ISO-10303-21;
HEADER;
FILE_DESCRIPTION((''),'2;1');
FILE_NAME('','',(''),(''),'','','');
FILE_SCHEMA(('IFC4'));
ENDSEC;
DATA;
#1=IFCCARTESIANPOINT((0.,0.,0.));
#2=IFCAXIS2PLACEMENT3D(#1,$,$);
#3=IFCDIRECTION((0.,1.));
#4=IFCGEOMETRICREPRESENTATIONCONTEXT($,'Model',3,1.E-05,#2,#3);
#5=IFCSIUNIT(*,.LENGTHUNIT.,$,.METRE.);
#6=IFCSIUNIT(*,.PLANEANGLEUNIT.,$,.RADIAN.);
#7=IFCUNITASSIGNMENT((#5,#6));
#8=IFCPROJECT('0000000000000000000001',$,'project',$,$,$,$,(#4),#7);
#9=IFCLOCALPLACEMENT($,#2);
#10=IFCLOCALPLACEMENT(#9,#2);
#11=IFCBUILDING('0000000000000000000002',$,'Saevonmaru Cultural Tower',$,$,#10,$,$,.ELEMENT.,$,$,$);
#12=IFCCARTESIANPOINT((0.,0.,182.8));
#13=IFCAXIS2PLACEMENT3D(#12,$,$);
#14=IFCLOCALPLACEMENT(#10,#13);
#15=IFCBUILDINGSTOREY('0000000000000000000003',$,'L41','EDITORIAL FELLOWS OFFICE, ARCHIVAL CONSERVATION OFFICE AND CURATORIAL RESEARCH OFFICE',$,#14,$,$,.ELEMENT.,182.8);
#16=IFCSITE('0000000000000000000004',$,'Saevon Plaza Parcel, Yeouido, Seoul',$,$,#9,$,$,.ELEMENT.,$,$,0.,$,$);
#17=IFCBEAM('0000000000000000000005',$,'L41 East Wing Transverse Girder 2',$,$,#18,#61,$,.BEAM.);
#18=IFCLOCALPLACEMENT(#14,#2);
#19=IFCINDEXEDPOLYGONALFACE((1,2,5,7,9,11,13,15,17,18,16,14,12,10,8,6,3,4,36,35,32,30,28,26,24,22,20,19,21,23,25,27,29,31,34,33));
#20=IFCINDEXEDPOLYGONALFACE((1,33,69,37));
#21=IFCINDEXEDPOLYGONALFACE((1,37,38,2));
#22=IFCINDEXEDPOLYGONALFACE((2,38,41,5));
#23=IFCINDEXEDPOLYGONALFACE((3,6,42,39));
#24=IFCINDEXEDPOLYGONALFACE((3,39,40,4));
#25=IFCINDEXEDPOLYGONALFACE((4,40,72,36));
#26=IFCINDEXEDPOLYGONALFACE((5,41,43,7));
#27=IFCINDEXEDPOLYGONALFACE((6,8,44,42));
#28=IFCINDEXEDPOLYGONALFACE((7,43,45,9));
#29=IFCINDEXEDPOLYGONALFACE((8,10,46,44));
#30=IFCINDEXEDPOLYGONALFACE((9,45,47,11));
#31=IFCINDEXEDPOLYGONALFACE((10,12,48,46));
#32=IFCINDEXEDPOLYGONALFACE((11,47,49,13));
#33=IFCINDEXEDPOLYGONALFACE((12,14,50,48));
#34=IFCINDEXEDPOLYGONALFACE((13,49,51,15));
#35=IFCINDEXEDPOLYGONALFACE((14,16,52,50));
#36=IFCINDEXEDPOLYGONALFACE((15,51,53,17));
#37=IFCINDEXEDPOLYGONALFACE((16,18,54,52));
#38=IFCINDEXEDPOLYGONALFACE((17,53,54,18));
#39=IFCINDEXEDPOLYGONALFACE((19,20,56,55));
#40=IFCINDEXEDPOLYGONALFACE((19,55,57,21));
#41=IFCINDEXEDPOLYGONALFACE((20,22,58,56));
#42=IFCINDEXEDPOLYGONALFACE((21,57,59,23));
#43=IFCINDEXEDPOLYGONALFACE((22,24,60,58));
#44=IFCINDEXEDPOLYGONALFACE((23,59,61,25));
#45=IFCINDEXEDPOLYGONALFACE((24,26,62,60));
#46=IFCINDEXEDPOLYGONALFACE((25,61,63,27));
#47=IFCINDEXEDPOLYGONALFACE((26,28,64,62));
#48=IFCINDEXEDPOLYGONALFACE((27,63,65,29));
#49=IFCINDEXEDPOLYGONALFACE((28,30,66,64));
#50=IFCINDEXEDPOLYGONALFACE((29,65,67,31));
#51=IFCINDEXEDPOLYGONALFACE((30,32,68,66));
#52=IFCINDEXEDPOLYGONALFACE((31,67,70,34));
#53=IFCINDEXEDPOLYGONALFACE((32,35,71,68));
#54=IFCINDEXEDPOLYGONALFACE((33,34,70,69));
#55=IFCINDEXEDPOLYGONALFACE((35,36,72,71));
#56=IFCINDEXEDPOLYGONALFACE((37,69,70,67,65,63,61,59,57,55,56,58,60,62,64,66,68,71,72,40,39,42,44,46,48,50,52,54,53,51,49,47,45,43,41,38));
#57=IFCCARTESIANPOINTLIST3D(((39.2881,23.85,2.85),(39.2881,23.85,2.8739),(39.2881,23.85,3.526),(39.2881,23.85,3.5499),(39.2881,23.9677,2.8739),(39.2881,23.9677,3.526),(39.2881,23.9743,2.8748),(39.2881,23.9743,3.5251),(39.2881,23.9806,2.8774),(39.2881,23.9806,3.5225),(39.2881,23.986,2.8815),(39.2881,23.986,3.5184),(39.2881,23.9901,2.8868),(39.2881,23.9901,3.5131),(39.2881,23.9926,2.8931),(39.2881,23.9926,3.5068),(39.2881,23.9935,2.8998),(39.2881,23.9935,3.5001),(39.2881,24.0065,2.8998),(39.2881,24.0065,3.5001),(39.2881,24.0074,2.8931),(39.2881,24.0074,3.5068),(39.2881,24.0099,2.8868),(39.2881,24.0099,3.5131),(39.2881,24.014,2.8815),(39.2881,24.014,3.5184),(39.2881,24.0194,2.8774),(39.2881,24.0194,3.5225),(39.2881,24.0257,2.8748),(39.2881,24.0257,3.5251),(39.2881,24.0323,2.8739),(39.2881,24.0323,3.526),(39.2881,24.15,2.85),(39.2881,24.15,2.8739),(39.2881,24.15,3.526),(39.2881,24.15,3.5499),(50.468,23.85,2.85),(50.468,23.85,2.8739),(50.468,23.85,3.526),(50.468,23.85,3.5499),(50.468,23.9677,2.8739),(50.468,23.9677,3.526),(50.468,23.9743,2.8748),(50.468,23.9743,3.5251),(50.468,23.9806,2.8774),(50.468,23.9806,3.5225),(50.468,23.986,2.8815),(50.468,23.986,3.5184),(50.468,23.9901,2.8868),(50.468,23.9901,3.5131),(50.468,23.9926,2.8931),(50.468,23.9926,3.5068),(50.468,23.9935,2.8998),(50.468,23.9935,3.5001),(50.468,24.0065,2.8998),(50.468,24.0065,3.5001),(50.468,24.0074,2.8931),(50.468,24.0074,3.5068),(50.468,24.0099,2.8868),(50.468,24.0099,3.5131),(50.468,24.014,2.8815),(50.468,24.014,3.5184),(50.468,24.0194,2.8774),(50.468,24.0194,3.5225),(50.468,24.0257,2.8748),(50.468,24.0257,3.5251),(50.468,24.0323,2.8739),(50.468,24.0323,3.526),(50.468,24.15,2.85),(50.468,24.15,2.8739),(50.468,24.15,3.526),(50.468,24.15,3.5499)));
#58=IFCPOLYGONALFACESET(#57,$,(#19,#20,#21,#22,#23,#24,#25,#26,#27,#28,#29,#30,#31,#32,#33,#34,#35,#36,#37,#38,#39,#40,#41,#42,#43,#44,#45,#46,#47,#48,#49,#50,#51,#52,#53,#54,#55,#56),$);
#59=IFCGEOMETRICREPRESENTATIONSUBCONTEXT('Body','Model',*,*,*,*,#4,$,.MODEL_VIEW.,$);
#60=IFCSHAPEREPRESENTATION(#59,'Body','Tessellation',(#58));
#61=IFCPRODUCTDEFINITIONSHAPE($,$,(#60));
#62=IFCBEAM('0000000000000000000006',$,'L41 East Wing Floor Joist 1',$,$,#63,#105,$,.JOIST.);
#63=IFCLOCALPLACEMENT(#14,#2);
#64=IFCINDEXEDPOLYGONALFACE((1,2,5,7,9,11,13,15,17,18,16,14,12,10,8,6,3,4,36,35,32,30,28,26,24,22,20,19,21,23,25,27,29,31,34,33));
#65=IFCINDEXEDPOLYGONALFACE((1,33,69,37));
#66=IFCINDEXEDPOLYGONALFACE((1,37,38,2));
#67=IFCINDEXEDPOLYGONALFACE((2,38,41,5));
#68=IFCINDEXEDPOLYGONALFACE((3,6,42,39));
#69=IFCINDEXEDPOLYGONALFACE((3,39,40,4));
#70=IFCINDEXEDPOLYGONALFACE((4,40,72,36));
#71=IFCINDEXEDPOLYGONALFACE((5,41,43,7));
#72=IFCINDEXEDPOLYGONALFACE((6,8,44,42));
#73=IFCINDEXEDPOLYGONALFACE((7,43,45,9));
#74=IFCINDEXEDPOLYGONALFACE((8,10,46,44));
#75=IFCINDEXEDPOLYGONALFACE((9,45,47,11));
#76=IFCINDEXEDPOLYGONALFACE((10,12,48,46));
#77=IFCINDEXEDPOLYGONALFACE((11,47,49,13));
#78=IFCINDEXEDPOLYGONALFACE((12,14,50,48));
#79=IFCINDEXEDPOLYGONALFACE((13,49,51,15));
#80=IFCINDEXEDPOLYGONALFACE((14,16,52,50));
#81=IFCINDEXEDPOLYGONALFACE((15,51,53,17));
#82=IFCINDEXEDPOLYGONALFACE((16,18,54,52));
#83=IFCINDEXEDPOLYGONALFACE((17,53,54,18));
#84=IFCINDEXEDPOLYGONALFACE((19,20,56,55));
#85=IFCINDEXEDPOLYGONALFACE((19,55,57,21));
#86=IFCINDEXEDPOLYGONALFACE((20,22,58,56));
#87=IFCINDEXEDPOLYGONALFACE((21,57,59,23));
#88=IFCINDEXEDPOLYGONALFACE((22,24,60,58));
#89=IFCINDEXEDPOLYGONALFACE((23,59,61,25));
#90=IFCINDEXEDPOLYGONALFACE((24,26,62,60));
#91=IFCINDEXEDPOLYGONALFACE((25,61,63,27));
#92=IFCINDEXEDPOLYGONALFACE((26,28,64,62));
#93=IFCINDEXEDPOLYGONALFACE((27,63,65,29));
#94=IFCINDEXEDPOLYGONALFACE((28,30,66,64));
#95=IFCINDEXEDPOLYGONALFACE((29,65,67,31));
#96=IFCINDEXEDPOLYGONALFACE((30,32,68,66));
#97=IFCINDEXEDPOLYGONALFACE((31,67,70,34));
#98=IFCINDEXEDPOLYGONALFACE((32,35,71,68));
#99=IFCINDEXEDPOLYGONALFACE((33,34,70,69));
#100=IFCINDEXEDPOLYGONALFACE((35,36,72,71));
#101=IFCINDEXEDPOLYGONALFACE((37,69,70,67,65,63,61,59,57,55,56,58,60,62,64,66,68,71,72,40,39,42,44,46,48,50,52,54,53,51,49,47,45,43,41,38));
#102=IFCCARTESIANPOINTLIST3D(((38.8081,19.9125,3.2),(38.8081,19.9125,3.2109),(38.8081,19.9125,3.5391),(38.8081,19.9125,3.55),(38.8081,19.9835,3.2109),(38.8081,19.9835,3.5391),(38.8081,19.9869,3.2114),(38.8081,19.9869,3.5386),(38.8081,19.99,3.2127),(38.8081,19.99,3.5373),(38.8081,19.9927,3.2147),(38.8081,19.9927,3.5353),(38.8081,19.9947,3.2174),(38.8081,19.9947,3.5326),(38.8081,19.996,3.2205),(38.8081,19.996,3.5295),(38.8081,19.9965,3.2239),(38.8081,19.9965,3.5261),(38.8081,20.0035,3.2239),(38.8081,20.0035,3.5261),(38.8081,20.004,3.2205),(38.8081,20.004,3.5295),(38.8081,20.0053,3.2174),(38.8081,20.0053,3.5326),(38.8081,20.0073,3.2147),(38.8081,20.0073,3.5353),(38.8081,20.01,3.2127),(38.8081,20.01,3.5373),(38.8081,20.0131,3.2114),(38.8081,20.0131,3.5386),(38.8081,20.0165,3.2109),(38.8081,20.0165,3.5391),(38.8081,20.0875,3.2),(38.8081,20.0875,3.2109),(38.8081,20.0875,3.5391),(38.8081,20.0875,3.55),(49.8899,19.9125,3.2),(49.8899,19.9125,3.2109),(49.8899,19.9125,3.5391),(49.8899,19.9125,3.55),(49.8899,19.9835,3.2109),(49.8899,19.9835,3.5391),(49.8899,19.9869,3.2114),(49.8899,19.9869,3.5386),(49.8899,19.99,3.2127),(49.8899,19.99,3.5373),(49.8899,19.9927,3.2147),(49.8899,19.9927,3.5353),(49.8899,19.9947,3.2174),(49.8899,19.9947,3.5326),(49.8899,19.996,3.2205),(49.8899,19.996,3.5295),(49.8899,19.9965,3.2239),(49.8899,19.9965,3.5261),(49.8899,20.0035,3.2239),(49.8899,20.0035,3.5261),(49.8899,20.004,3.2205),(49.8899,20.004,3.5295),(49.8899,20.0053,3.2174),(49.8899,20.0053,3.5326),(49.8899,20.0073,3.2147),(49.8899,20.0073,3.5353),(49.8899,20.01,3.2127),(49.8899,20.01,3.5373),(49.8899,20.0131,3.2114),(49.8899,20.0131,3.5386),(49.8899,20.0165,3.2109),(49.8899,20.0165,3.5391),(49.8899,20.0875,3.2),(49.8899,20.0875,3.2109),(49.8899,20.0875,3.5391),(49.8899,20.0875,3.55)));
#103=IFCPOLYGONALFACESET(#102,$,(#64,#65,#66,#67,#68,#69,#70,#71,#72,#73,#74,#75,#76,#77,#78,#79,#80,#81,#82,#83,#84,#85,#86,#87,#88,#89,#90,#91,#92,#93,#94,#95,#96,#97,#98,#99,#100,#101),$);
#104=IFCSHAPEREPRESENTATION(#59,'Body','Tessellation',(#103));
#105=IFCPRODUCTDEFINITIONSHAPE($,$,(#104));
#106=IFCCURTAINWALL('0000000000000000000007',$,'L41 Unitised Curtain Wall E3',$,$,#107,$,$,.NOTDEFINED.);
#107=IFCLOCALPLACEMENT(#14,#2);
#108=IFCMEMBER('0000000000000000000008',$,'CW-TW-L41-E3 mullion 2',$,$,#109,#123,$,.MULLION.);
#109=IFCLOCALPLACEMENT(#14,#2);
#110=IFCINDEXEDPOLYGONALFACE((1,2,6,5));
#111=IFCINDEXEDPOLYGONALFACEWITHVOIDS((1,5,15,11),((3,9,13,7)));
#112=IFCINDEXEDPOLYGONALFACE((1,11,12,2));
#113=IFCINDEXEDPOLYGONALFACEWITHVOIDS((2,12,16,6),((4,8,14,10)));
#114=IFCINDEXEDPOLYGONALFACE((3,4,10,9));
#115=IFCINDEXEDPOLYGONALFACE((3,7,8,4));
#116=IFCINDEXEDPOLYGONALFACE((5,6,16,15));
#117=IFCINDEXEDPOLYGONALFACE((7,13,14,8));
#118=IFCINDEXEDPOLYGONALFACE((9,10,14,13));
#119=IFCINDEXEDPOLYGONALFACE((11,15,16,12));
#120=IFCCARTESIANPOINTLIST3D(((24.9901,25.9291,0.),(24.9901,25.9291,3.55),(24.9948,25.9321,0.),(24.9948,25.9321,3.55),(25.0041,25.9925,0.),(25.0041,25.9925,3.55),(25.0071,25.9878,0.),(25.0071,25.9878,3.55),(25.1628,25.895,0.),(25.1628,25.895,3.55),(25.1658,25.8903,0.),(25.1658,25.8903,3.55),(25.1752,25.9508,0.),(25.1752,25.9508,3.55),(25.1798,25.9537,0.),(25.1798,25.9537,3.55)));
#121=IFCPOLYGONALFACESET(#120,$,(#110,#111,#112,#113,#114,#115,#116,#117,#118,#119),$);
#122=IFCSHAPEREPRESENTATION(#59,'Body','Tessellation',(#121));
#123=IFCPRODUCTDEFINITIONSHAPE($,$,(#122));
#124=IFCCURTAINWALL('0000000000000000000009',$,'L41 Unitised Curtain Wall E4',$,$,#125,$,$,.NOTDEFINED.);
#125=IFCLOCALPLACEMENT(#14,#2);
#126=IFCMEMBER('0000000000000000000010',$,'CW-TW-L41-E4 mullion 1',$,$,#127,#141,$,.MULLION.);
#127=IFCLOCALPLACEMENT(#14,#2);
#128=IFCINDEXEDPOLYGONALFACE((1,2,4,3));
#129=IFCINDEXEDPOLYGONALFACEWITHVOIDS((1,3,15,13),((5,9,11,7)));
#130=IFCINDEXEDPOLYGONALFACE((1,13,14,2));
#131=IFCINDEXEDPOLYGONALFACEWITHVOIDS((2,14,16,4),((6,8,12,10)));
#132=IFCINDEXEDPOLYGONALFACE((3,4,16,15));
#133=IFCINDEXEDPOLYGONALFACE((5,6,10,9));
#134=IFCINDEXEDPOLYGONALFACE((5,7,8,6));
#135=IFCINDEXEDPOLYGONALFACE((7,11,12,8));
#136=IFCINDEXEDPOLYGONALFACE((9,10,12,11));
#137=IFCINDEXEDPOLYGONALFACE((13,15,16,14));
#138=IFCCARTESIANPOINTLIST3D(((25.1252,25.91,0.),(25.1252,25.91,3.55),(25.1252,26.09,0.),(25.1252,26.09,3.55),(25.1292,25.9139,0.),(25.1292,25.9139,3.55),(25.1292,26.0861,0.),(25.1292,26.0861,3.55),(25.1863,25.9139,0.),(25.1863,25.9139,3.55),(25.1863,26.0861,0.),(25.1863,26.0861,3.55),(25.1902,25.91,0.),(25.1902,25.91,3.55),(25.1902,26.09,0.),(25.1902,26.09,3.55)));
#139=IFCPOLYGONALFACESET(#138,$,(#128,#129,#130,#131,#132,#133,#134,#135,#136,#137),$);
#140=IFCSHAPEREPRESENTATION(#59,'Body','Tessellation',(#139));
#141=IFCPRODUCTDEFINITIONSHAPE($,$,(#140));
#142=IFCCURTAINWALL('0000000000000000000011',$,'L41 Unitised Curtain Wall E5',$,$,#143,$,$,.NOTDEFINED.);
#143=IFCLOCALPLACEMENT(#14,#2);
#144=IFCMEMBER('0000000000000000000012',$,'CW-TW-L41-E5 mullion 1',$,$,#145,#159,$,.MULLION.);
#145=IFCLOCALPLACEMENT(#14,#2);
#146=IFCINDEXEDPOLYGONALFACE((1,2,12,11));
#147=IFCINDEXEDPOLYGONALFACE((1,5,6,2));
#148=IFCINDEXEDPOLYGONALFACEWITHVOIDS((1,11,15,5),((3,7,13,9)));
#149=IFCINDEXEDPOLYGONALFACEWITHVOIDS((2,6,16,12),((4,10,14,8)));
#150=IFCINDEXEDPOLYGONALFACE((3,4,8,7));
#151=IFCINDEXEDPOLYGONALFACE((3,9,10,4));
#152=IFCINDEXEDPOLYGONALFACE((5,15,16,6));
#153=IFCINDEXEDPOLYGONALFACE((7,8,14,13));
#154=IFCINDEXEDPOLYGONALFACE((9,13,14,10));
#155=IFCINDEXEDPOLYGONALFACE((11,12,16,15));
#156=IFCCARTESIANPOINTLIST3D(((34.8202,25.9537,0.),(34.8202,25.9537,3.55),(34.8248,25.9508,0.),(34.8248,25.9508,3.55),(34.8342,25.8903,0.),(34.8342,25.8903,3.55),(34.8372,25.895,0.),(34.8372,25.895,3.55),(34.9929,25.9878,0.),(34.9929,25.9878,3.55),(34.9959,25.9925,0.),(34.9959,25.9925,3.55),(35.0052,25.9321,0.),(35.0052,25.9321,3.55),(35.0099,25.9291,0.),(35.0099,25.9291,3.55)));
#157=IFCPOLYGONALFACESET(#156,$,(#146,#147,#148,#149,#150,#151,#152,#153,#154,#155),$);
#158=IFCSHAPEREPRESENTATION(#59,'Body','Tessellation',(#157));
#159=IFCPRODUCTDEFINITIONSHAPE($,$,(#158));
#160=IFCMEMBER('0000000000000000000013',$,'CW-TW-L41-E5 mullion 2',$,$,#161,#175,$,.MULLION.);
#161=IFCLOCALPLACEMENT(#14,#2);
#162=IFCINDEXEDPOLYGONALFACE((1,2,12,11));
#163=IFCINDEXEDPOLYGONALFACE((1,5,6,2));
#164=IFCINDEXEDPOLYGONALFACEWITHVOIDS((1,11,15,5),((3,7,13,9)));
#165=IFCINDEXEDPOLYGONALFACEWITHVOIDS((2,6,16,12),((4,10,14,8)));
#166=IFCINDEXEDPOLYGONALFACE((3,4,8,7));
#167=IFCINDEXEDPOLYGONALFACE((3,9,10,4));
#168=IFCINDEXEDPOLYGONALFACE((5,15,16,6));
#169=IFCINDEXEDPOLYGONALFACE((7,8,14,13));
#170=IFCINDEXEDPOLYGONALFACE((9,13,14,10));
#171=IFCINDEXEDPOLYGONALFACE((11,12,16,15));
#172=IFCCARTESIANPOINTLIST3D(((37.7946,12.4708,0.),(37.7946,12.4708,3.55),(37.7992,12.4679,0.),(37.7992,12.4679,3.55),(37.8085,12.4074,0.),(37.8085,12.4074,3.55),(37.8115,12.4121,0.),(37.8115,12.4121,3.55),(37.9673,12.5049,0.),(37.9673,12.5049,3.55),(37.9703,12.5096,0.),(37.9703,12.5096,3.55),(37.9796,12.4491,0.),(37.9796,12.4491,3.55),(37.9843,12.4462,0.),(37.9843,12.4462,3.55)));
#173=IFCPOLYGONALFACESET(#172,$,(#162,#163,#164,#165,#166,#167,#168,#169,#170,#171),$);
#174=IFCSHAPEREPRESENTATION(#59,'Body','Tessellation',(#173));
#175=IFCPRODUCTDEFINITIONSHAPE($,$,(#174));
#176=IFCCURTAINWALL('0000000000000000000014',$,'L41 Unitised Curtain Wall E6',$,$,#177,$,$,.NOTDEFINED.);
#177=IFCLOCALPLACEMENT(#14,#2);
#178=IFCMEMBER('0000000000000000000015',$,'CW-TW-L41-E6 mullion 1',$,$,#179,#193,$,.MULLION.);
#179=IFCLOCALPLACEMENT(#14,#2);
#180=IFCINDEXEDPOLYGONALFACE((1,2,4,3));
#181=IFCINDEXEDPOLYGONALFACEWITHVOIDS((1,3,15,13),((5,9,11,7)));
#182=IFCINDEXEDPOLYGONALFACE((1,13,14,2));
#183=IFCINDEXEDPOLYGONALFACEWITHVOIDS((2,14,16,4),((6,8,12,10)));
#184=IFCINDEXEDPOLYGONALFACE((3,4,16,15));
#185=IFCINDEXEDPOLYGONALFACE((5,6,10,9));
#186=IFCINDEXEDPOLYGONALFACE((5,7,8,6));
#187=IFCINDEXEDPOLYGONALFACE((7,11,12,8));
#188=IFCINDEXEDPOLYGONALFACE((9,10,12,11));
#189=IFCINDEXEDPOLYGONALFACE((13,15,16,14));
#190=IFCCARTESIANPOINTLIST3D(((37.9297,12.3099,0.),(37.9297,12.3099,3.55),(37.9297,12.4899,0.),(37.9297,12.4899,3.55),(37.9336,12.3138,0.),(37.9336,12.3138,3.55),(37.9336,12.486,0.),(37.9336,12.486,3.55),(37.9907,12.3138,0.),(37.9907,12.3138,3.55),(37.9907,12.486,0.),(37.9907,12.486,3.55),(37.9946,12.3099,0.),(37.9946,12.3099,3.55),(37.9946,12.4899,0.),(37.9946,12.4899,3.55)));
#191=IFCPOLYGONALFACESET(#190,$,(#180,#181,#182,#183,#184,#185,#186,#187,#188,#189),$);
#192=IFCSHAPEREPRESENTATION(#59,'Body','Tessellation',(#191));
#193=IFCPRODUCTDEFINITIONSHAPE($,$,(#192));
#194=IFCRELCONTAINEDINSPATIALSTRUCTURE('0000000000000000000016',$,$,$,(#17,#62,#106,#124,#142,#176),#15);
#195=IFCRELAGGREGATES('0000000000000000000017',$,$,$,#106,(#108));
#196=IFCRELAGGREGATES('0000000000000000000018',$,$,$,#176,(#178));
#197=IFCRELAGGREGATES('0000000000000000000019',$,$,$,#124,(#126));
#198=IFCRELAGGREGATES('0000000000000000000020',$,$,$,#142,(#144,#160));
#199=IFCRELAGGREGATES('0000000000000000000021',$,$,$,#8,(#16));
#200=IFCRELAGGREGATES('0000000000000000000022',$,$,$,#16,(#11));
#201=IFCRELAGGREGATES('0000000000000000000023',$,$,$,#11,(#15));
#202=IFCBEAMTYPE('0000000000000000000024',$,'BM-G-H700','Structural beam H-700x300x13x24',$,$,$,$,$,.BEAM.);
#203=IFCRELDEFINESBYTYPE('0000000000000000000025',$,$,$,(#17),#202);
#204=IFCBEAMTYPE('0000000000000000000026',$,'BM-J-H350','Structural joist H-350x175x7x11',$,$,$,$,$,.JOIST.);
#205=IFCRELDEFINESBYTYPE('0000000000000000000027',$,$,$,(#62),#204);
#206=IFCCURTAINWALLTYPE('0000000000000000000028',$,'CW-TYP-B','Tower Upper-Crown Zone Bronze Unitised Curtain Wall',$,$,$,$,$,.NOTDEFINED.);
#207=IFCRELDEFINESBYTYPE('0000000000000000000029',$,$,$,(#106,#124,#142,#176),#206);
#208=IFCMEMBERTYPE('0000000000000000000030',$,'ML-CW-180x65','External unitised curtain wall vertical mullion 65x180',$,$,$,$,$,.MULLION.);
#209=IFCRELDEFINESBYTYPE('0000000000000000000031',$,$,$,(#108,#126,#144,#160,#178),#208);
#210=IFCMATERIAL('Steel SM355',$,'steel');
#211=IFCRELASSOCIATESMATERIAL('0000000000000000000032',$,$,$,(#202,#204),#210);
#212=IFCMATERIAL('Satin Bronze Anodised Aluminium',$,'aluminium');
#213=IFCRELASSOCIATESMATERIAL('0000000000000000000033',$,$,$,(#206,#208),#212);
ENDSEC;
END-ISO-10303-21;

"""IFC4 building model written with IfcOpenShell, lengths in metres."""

from ifc_helpers import new_model, si_unit, direction, frame, origin, origin_2d, place, context, subcontext, project, spatial, hollow_rectangle, i_section, extrude, material, material_profile, profile_set, type_object, element, aggregate, save


model = new_model("IFC4")

# Units and contexts
model_context = context("Model", 3, precision=1e-05, world=origin(), true_north=direction((0.0, 1.0)))
body_context = subcontext(model_context, "Body", "Model", "MODEL_VIEW")
ifc_project = project(units=[si_unit("LENGTHUNIT", "METRE"), si_unit("PLANEANGLEUNIT", "RADIAN")], contexts=[model_context])

# Site, building, storey
site_placement = place(None, origin())
site = spatial("IfcSite", under=ifc_project, at=site_placement, Name="Saevon Plaza Parcel, Yeouido, Seoul", CompositionType="ELEMENT", RefElevation=0.0)
building_placement = place(site_placement, origin())
building = spatial("IfcBuilding", under=site, at=building_placement, Name="Saevonmaru Cultural Tower", CompositionType="ELEMENT")
storey_placement = place(building_placement, frame((0.0, 0.0, 182.8)))
storey = spatial("IfcBuildingStorey", under=building, at=storey_placement, Name="L41", Description="EDITORIAL FELLOWS OFFICE, ARCHIVAL CONSERVATION OFFICE AND CURATORIAL RESEARCH OFFICE", CompositionType="ELEMENT", Elevation=182.8)

# Shared definitions
ifc_material_1 = material(Name="Steel SM355", Category="steel")

# Beams
ifc_material_profile_1 = material_profile(ifc_material_1, i_section(OverallWidth=0.3, OverallDepth=0.7, WebThickness=0.0129, FlangeThickness=0.0239, FilletRadius=0.0259, at=origin_2d()), Name="H-700x300x13x24")
ifc_profile_set_1 = profile_set([ifc_material_profile_1], Name="Steel SM355")
beam_type_1 = type_object("IfcBeamType", Name="BM-G-H700", Description="Structural beam H-700x300x13x24", PredefinedType="BEAM", material=ifc_profile_set_1)
for number, where, z_axis, x_axis, name in (
    (1, (39.2881, 24.0, 3.2), (1.0, 0.0, 0.0), (0.0, 1.0, 0.0), "L41 East Wing Transverse Girder 2"),
):
    element("IfcBeam", number, at=place(storey_placement, frame(where, z_axis=z_axis, x_axis=x_axis)), inside=storey, type_object=beam_type_1, Name=name, PredefinedType="BEAM", context=body_context, shape_type="SweptSolid", body=[
        extrude(i_section(OverallWidth=0.3, OverallDepth=0.7, WebThickness=0.0129, FlangeThickness=0.0239, FilletRadius=0.0259, at=origin_2d()), origin(), (0.0, 0.0, 1.0), 11.1799),
    ])
ifc_material_profile_2 = material_profile(ifc_material_1, i_section(OverallWidth=0.175, OverallDepth=0.3501, WebThickness=0.0071, FlangeThickness=0.011, FilletRadius=0.0129, at=origin_2d()), Name="H-350x175x7x11")
ifc_profile_set_2 = profile_set([ifc_material_profile_2], Name="Steel SM355")
beam_type_2 = type_object("IfcBeamType", Name="BM-J-H350", Description="Structural joist H-350x175x7x11", PredefinedType="JOIST", material=ifc_profile_set_2)
beam_placement = place(storey_placement, frame((38.8081, 20.0, 3.375), z_axis=(1.0, 0.0, 0.0), x_axis=(0.0, 1.0, 0.0)))
element("IfcBeam", 2, at=beam_placement, inside=storey, type_object=beam_type_2, Name="L41 East Wing Floor Joist 1", PredefinedType="JOIST", context=body_context, shape_type="SweptSolid", body=[
    extrude(i_section(OverallWidth=0.175, OverallDepth=0.3501, WebThickness=0.0071, FlangeThickness=0.011, FilletRadius=0.0129, at=origin_2d()), origin(), (0.0, 0.0, 1.0), 11.0818),
])

# Curtain walls, members
ifc_material_2 = material(Name="Satin Bronze Anodised Aluminium", Category="aluminium")
curtain_wall_type = type_object("IfcCurtainWallType", Name="CW-TYP-B", Description="Tower Upper-Crown Zone Bronze Unitised Curtain Wall", PredefinedType="NOTDEFINED", material=ifc_material_2)
curtain_wall_1_placement = place(storey_placement, origin())
curtain_wall_1 = element("IfcCurtainWall", 3, at=curtain_wall_1_placement, inside=storey, type_object=curtain_wall_type, Name="L41 Unitised Curtain Wall E3", PredefinedType="NOTDEFINED")
ifc_material_profile_3 = material_profile(ifc_material_2, hollow_rectangle(XDim=0.0649, YDim=0.1799, WallThickness=0.0039, at=origin_2d()), Name="ALU-MULL-180x65x4")
ifc_profile_set_3 = profile_set([ifc_material_profile_3], Name="Satin Bronze Anodised Aluminium")
member_type_1 = type_object("IfcMemberType", Name="ML-CW-180x65", Description="External unitised curtain wall vertical mullion 65x180", PredefinedType="MULLION", material=ifc_profile_set_3)
member_1_placement = place(storey_placement, frame((25.085, 25.9414, 0.0), z_axis=(0.0, 0.0, 1.0), x_axis=(0.215413, 0.976523, 0.0)))
member_1 = element("IfcMember", 4, at=member_1_placement, type_object=member_type_1, Name="CW-TW-L41-E3 mullion 2", PredefinedType="MULLION", context=body_context, shape_type="SweptSolid", body=[
    extrude(hollow_rectangle(XDim=0.0649, YDim=0.1799, WallThickness=0.0039, at=origin_2d()), origin(), (0.0, 0.0, 1.0), 3.55),
])
aggregate(curtain_wall_1, [member_1])
curtain_wall_2_placement = place(storey_placement, origin())
curtain_wall_2 = element("IfcCurtainWall", 5, at=curtain_wall_2_placement, inside=storey, type_object=curtain_wall_type, Name="L41 Unitised Curtain Wall E4", PredefinedType="NOTDEFINED")
member_2_placement = place(storey_placement, frame((25.1577, 26.0, 0.0), z_axis=(0.0, 0.0, 1.0), x_axis=(1.0, 0.0, 0.0)))
member_2 = element("IfcMember", 6, at=member_2_placement, type_object=member_type_1, Name="CW-TW-L41-E4 mullion 1", PredefinedType="MULLION", context=body_context, shape_type="SweptSolid", body=[
    extrude(hollow_rectangle(XDim=0.0649, YDim=0.1799, WallThickness=0.0039, at=origin_2d()), origin(), (0.0, 0.0, 1.0), 3.55),
])

# Curtain wall, members
curtain_wall_3_placement = place(storey_placement, origin())
curtain_wall_3 = element("IfcCurtainWall", 7, at=curtain_wall_3_placement, inside=storey, type_object=curtain_wall_type, Name="L41 Unitised Curtain Wall E5", PredefinedType="NOTDEFINED")
member_3_placement = place(storey_placement, frame((34.915, 25.9414, 0.0), z_axis=(0.0, 0.0, 1.0), x_axis=(0.215413, -0.976523, 0.0)))
member_3 = element("IfcMember", 8, at=member_3_placement, type_object=member_type_1, Name="CW-TW-L41-E5 mullion 1", PredefinedType="MULLION", context=body_context, shape_type="SweptSolid", body=[
    extrude(hollow_rectangle(XDim=0.0649, YDim=0.1799, WallThickness=0.0039, at=origin_2d()), origin(), (0.0, 0.0, 1.0), 3.55),
])
member_4_placement = place(storey_placement, frame((37.8894, 12.4585, 0.0), z_axis=(0.0, 0.0, 1.0), x_axis=(0.215413, -0.976523, 0.0)))
member_4 = element("IfcMember", 9, at=member_4_placement, type_object=member_type_1, Name="CW-TW-L41-E5 mullion 2", PredefinedType="MULLION", context=body_context, shape_type="SweptSolid", body=[
    extrude(hollow_rectangle(XDim=0.0649, YDim=0.1799, WallThickness=0.0039, at=origin_2d()), origin(), (0.0, 0.0, 1.0), 3.55),
])

# Curtain wall, member
curtain_wall_4_placement = place(storey_placement, origin())
curtain_wall_4 = element("IfcCurtainWall", 10, at=curtain_wall_4_placement, inside=storey, type_object=curtain_wall_type, Name="L41 Unitised Curtain Wall E6", PredefinedType="NOTDEFINED")
member_5_placement = place(storey_placement, frame((37.9622, 12.3999, 0.0), z_axis=(0.0, 0.0, 1.0), x_axis=(1.0, 0.0, 0.0)))
member_5 = element("IfcMember", 11, at=member_5_placement, type_object=member_type_1, Name="CW-TW-L41-E6 mullion 1", PredefinedType="MULLION", context=body_context, shape_type="SweptSolid", body=[
    extrude(hollow_rectangle(XDim=0.0649, YDim=0.1799, WallThickness=0.0039, at=origin_2d()), origin(), (0.0, 0.0, 1.0), 3.55),
])

aggregate(curtain_wall_4, [member_5])

aggregate(curtain_wall_2, [member_2])
aggregate(curtain_wall_3, [member_3, member_4])

save(model, "model.ifc")
